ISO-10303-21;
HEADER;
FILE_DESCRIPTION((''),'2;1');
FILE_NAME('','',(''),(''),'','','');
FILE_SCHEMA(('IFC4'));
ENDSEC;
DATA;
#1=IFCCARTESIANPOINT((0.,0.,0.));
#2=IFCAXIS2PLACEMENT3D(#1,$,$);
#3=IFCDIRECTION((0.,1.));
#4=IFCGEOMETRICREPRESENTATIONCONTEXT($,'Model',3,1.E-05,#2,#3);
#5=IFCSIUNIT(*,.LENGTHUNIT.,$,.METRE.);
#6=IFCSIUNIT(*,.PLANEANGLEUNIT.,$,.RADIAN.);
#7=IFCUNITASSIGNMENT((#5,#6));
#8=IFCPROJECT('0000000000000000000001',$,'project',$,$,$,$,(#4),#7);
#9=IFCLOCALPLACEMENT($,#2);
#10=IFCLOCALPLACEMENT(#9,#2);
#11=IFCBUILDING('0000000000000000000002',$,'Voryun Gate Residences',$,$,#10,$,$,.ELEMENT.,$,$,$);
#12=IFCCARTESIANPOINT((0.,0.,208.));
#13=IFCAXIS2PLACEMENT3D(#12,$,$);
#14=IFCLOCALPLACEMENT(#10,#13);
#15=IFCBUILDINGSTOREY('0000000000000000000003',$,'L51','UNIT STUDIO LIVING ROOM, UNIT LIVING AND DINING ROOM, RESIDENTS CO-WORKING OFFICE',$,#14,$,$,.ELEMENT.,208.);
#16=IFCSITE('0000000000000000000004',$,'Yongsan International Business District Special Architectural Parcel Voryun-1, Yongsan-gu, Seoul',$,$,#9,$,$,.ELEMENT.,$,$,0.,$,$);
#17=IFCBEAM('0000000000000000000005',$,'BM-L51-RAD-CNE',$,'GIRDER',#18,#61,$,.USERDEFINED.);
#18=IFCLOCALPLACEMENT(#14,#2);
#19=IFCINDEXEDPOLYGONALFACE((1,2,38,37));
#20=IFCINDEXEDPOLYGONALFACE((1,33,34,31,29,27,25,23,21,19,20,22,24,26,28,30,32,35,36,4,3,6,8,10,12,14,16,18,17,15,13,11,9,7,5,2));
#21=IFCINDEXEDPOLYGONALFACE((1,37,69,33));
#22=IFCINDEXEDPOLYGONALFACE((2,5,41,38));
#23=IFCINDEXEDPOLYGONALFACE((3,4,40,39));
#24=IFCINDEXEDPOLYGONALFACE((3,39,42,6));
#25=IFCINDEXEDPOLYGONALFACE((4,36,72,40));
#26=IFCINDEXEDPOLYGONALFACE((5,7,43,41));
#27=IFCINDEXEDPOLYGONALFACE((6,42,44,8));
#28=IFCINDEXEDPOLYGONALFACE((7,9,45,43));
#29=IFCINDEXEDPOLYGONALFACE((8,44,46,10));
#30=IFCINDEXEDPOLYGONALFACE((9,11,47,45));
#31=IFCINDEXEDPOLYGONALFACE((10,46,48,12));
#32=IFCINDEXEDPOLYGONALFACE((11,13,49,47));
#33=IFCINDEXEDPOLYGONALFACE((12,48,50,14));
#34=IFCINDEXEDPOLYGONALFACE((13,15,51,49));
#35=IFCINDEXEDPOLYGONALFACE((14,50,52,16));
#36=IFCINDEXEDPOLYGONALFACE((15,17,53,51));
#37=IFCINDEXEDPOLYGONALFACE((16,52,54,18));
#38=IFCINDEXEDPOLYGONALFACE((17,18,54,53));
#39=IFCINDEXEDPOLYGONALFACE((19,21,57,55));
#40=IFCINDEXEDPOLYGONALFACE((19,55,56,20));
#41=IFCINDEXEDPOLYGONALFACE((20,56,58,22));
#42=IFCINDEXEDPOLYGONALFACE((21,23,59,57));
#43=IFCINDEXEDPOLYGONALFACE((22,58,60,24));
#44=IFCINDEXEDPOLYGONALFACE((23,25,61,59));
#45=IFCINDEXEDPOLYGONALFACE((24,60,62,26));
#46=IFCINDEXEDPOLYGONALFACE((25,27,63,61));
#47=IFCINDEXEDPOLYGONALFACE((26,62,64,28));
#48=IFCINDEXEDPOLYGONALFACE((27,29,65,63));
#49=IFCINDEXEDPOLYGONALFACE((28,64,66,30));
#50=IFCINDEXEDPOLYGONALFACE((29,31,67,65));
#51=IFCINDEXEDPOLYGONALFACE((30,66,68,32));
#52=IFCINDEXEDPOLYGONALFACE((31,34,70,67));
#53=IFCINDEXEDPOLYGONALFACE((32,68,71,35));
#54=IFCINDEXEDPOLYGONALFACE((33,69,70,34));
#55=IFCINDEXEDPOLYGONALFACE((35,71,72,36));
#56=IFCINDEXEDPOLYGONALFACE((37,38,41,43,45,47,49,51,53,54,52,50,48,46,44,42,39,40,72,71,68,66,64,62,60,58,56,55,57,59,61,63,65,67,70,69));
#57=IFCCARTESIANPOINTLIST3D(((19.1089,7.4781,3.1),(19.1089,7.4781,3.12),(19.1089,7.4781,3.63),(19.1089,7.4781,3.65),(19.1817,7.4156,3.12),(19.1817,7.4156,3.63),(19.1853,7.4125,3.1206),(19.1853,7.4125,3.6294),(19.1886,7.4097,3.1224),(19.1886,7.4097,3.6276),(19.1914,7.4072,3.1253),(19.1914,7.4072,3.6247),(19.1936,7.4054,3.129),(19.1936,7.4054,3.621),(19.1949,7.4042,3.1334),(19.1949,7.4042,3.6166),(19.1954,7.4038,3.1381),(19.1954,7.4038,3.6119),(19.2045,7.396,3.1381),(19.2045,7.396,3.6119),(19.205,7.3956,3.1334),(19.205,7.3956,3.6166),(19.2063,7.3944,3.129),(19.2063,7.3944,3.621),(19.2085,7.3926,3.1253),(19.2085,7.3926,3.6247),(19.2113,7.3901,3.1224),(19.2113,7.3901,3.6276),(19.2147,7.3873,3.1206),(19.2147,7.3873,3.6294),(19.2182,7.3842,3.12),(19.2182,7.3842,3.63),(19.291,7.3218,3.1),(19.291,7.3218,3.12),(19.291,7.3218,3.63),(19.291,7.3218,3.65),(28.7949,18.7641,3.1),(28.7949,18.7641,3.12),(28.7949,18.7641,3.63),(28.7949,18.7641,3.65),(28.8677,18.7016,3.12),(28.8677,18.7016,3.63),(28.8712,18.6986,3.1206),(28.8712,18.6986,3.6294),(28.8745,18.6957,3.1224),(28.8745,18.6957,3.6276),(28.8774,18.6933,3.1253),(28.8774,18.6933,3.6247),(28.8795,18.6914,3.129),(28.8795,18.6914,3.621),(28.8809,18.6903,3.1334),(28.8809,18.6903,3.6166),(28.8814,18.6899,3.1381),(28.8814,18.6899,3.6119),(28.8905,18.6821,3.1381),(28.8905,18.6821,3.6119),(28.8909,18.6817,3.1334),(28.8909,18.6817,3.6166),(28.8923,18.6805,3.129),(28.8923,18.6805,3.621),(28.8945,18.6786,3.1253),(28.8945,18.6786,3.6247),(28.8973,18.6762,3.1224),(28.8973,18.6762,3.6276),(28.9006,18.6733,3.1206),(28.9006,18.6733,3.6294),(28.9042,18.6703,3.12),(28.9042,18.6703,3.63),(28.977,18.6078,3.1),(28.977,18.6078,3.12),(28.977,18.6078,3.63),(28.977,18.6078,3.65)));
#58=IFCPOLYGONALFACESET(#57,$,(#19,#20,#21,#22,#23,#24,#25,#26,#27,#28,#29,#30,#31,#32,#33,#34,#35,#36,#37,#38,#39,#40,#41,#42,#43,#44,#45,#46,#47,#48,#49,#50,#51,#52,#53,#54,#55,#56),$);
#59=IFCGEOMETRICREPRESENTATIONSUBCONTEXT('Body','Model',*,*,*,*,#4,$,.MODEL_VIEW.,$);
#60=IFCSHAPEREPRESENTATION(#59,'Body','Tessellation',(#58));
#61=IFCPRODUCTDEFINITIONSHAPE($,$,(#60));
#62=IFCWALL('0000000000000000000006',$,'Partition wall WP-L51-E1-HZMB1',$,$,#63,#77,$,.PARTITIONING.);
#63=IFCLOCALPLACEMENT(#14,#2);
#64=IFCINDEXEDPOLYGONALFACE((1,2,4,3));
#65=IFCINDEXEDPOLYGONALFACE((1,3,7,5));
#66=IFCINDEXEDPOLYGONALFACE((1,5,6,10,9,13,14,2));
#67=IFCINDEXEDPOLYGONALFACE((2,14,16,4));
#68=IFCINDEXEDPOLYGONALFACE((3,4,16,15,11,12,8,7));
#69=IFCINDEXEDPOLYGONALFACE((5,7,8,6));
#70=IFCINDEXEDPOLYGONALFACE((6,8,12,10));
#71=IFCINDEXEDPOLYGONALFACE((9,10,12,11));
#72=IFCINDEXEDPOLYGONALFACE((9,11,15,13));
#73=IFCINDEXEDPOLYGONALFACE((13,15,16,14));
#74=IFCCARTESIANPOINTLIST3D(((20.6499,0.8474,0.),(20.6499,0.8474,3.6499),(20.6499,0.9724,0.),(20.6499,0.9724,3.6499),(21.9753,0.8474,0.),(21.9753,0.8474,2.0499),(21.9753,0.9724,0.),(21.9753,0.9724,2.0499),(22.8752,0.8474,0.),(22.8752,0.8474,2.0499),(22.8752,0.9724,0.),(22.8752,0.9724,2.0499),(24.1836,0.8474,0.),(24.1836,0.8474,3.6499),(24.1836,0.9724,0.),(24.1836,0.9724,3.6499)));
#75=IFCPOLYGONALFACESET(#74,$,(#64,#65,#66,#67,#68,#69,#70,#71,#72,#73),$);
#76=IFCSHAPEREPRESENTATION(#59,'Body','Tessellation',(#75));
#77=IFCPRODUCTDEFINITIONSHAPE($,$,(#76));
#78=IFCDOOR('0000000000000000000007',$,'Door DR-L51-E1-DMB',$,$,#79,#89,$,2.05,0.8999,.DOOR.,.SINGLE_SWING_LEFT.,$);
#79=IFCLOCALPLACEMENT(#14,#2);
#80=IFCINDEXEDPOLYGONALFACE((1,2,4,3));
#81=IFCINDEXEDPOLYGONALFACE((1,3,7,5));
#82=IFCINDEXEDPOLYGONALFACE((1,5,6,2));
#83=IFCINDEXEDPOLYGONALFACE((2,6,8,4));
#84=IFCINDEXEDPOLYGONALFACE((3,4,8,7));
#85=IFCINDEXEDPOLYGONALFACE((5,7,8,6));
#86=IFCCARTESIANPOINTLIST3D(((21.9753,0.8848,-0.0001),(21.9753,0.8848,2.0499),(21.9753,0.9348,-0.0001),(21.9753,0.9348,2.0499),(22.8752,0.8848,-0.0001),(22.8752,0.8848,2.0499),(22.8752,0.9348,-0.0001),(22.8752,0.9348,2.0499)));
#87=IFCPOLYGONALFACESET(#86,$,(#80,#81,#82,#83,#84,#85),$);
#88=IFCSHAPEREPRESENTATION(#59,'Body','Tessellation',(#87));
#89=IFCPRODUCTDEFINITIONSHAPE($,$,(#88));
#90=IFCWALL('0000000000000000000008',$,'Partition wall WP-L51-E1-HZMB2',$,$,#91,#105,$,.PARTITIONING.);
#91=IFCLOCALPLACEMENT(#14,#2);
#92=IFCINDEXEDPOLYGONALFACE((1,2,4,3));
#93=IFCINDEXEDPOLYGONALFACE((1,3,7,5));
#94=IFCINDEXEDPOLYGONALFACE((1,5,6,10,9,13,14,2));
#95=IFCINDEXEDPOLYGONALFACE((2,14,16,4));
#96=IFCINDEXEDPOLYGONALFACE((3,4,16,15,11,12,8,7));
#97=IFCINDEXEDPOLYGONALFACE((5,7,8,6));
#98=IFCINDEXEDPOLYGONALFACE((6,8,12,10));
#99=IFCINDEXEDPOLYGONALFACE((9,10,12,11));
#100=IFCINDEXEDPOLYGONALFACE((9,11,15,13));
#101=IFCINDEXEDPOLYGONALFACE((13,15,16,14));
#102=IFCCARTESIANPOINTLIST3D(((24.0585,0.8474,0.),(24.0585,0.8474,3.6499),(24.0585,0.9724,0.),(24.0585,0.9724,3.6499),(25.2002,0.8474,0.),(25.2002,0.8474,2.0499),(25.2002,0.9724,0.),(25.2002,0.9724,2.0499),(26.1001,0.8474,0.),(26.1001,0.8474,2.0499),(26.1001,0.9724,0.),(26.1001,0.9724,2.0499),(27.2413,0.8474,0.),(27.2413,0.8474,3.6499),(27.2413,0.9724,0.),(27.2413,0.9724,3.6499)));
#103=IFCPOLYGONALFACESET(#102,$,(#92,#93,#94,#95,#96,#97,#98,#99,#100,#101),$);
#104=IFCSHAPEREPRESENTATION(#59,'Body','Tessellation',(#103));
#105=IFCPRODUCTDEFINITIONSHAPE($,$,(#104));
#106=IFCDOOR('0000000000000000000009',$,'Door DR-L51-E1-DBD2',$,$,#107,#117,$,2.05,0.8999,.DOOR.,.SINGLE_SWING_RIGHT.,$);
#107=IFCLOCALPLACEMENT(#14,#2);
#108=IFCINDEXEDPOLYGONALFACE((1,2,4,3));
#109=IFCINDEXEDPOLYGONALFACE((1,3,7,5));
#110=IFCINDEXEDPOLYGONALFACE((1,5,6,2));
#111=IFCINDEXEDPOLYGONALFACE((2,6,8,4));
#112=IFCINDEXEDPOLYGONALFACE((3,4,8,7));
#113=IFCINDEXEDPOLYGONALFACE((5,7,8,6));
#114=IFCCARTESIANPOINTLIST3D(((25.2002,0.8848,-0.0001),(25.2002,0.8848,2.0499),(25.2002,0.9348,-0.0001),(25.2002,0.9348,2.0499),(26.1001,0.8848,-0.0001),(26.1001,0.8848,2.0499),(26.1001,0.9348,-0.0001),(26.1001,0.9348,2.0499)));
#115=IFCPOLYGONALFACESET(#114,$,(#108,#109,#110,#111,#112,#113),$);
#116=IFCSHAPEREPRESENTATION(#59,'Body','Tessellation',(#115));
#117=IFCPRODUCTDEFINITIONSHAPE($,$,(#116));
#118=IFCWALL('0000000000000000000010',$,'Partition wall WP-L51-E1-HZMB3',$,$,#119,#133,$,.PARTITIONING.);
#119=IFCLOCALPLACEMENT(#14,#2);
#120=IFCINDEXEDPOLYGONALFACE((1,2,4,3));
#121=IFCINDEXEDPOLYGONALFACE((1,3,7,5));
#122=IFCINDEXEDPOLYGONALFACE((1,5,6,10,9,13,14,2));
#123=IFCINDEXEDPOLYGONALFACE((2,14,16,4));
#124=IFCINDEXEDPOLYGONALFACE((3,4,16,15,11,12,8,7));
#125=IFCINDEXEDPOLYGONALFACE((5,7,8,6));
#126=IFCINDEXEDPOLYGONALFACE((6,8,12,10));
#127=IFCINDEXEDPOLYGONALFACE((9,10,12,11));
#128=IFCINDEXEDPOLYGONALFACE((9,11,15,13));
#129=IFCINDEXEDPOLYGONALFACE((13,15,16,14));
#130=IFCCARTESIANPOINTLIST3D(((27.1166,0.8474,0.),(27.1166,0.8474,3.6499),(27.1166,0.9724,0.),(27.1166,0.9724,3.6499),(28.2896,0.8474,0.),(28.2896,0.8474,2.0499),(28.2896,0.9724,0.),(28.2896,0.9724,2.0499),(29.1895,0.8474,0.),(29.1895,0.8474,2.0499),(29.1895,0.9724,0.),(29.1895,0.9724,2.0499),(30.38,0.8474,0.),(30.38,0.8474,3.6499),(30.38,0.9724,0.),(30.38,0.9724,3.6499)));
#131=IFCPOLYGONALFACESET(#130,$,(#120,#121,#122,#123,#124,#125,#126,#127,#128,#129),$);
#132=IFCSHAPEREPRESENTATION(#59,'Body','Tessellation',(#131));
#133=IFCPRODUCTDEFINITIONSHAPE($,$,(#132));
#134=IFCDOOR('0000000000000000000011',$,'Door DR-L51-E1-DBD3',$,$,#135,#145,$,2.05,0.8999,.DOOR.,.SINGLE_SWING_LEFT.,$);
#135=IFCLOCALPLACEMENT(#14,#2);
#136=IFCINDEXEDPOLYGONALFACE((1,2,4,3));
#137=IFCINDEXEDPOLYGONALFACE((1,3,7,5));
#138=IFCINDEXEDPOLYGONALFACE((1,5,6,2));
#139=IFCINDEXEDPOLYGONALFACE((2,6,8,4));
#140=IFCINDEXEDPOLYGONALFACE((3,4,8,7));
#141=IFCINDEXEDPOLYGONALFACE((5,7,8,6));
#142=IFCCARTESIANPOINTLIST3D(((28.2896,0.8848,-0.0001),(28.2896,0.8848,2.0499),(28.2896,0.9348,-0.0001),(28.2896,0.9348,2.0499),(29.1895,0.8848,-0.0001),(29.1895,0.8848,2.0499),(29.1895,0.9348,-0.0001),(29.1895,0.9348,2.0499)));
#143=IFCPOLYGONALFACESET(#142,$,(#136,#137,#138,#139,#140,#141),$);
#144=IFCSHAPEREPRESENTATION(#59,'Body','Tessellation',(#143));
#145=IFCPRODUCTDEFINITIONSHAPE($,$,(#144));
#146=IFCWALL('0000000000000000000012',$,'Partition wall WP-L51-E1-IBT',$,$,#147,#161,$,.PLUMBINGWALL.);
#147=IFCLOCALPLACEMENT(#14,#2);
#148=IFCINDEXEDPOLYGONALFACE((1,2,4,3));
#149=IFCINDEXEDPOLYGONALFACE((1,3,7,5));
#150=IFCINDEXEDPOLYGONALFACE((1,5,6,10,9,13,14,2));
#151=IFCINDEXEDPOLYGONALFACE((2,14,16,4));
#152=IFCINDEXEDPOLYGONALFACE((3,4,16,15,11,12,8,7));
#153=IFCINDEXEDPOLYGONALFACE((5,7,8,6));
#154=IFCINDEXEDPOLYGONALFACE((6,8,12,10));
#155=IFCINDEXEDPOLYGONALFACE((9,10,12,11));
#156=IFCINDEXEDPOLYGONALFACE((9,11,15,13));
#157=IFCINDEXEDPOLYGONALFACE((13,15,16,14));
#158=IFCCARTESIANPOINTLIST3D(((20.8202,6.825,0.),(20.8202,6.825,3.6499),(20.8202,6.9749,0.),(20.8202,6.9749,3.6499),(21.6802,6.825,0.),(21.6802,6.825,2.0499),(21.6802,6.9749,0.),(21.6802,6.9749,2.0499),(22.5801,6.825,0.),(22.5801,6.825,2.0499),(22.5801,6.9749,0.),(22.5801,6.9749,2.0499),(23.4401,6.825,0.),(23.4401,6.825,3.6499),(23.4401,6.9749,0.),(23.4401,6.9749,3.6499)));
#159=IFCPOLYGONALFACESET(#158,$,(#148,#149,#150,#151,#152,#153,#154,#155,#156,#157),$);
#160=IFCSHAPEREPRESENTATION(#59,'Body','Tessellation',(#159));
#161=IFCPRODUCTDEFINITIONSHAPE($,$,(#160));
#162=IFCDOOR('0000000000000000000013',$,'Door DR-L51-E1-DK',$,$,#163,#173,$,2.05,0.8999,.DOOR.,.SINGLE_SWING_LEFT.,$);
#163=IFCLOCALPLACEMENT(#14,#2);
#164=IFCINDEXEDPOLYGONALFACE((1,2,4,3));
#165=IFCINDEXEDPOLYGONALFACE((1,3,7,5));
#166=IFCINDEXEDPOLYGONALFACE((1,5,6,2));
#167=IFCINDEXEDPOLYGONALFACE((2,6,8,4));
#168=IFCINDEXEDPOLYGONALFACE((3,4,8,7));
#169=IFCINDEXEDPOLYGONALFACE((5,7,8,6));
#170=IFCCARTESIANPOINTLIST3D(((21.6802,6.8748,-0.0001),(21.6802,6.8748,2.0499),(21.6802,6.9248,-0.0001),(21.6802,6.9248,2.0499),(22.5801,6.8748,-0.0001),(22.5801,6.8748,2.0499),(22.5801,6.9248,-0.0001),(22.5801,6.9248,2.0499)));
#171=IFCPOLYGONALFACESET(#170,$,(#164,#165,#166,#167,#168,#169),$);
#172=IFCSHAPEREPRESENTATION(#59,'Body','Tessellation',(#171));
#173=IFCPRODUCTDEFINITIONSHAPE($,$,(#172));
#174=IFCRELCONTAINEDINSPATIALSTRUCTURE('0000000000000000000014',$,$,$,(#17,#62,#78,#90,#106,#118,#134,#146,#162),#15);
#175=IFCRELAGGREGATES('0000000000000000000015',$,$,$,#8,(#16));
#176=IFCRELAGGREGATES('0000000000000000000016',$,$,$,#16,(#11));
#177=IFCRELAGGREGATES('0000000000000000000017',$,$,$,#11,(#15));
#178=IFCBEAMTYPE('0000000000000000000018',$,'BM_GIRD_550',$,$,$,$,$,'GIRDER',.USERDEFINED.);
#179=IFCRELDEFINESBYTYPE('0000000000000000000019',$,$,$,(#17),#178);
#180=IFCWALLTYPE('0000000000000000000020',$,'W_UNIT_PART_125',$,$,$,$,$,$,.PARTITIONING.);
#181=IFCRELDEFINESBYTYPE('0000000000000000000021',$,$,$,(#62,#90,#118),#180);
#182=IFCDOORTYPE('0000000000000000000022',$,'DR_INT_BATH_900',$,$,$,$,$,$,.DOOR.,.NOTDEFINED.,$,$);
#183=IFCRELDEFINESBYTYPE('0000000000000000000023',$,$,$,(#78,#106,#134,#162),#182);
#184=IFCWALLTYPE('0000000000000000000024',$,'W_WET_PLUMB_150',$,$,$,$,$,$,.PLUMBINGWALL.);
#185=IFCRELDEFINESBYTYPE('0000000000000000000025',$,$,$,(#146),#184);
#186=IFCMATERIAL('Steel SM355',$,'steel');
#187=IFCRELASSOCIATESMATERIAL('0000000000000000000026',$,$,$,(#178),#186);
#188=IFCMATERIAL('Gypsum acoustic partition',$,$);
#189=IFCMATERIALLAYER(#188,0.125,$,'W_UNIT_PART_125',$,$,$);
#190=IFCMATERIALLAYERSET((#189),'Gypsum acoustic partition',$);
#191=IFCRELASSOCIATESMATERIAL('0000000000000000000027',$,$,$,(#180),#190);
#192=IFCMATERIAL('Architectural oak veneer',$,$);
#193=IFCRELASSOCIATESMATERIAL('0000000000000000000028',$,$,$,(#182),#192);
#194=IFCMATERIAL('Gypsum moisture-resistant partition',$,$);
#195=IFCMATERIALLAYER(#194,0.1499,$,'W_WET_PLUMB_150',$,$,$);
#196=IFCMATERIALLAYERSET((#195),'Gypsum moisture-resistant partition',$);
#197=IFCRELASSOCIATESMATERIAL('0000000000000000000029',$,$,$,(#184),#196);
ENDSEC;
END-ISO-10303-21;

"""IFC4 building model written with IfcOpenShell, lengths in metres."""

from ifc_helpers import new_model, si_unit, direction, frame, frame_2d, origin, origin_2d, place, context, subcontext, project, spatial, rectangle, i_section, extrude, material, layer, layer_set, material_profile, profile_set, type_object, element, fill, save


model = new_model("IFC4")

# Units and contexts
model_context = context("Model", 3, precision=1e-05, world=origin(), true_north=direction((0.0, 1.0)))
body_context = subcontext(model_context, "Body", "Model", "MODEL_VIEW")
ifc_project = project(units=[si_unit("LENGTHUNIT", "METRE"), si_unit("PLANEANGLEUNIT", "RADIAN")], contexts=[model_context])

# Site, building, storey
site_placement = place(None, origin())
site = spatial("IfcSite", under=ifc_project, at=site_placement, Name="Yongsan International Business District Special Architectural Parcel Voryun-1, Yongsan-gu, Seoul", CompositionType="ELEMENT", RefElevation=0.0)
building_placement = place(site_placement, origin())
building = spatial("IfcBuilding", under=site, at=building_placement, Name="Voryun Gate Residences", CompositionType="ELEMENT")
storey_placement = place(building_placement, frame((0.0, 0.0, 208.0)))
storey = spatial("IfcBuildingStorey", under=building, at=storey_placement, Name="L51", Description="UNIT STUDIO LIVING ROOM, UNIT LIVING AND DINING ROOM, RESIDENTS CO-WORKING OFFICE", CompositionType="ELEMENT", Elevation=208.0)

# Beam
ifc_material_1 = material(Name="Steel SM355", Category="steel")
ifc_material_profile_1 = material_profile(ifc_material_1, i_section(OverallWidth=0.24, OverallDepth=0.55, WebThickness=0.012, FlangeThickness=0.02, FilletRadius=0.0181, at=origin_2d()), Name="H-550x240x12x20")
ifc_profile_set_1 = profile_set([ifc_material_profile_1], Name="Steel SM355")
beam_type_1 = type_object("IfcBeamType", Name="BM_GIRD_550", ElementType="GIRDER", PredefinedType="USERDEFINED", material=ifc_profile_set_1)
beam_1_placement = place(storey_placement, frame((19.2, 7.3999, 3.375), z_axis=(0.651264, 0.758851, 0.0), x_axis=(-0.758851, 0.651264, 0.0)))
element("IfcBeam", 1, at=beam_1_placement, inside=storey, type_object=beam_type_1, Name="BM-L51-RAD-CNE", ObjectType="GIRDER", PredefinedType="USERDEFINED", context=body_context, shape_type="SweptSolid", body=[
    extrude(i_section(OverallWidth=0.24, OverallDepth=0.55, WebThickness=0.012, FlangeThickness=0.02, FilletRadius=0.0181, at=origin_2d()), origin(), (0.0, 0.0, 1.0), 14.8726),
])

# Walls, openings, doors
ifc_material_2 = material(Name="Gypsum acoustic partition")
ifc_layer_1 = layer(ifc_material_2, 0.125, Name="W_UNIT_PART_125")
ifc_layer_set_1 = layer_set([ifc_layer_1], Name="Gypsum acoustic partition")
wall_type_1 = type_object("IfcWallType", Name="W_UNIT_PART_125", PredefinedType="PARTITIONING", material=ifc_layer_set_1)
wall_1_placement = place(storey_placement, frame((20.6499, 0.9099, 0.0), z_axis=(0.0, 0.0, 1.0), x_axis=(1.0, 0.0, 0.0)))
wall_1 = element("IfcWall", 2, at=wall_1_placement, inside=storey, type_object=wall_type_1, Name="Partition wall WP-L51-E1-HZMB1", PredefinedType="PARTITIONING", context=body_context, shape_type="SweptSolid", body=[
    extrude(rectangle(XDim=3.5337, YDim=0.125, at=frame_2d((1.7668, 0.0))), origin(), (0.0, 0.0, 1.0), 3.6499),
])
opening_1_placement = place(wall_1_placement, frame((1.3254, 0.0, 0.0)))
opening_1 = element("IfcOpeningElement", 3, at=opening_1_placement, cuts=wall_1, PredefinedType="OPENING", context=body_context, shape_type="SweptSolid", body=[
    extrude(rectangle(XDim=0.8999, YDim=2.05, at=frame_2d((0.45, 1.0249))), frame((0.0, 0.0725, 0.0), z_axis=(0.0, -1.0, 0.0), x_axis=(1.0, 0.0, 0.0)), (0.0, 0.0, 1.0), 0.145),
])
ifc_material_3 = material(Name="Architectural oak veneer")
door_type = type_object("IfcDoorType", Name="DR_INT_BATH_900", OperationType="NOTDEFINED", PredefinedType="DOOR", material=ifc_material_3)
door_1_placement = place(opening_1_placement, origin())
door_1 = element("IfcDoor", 4, at=door_1_placement, inside=storey, type_object=door_type, Name="Door DR-L51-E1-DMB", OperationType="SINGLE_SWING_LEFT", OverallHeight=2.05, OverallWidth=0.8999, PredefinedType="DOOR", context=body_context, shape_type="SweptSolid", body=[
    extrude(rectangle(XDim=0.8999, YDim=2.05, at=frame_2d((0.45, 1.0249))), frame((0.0, 0.0249, 0.0), z_axis=(0.0, -1.0, 0.0), x_axis=(1.0, 0.0, 0.0)), (0.0, 0.0, 1.0), 0.05),
])
fill(opening_1, door_1)
wall_2_placement = place(storey_placement, frame((24.0586, 0.9099, 0.0), z_axis=(0.0, 0.0, 1.0), x_axis=(1.0, 0.0, 0.0)))
wall_2 = element("IfcWall", 5, at=wall_2_placement, inside=storey, type_object=wall_type_1, Name="Partition wall WP-L51-E1-HZMB2", PredefinedType="PARTITIONING", context=body_context, shape_type="SweptSolid", body=[
    extrude(rectangle(XDim=3.1829, YDim=0.125, at=frame_2d((1.5913, 0.0))), origin(), (0.0, 0.0, 1.0), 3.6499),
])
opening_2_placement = place(wall_2_placement, frame((1.1416, 0.0, 0.0)))
opening_2 = element("IfcOpeningElement", 6, at=opening_2_placement, cuts=wall_2, PredefinedType="OPENING", context=body_context, shape_type="SweptSolid", body=[
    extrude(rectangle(XDim=0.8999, YDim=2.05, at=frame_2d((0.45, 1.0249))), frame((0.0, 0.0725, 0.0), z_axis=(0.0, -1.0, 0.0), x_axis=(1.0, 0.0, 0.0)), (0.0, 0.0, 1.0), 0.145),
])
door_2_placement = place(opening_2_placement, origin())
door_2 = element("IfcDoor", 7, at=door_2_placement, inside=storey, type_object=door_type, Name="Door DR-L51-E1-DBD2", OperationType="SINGLE_SWING_RIGHT", OverallHeight=2.05, OverallWidth=0.8999, PredefinedType="DOOR", context=body_context, shape_type="SweptSolid", body=[
    extrude(rectangle(XDim=0.8999, YDim=2.05, at=frame_2d((0.45, 1.0249))), frame((0.0, 0.0249, 0.0), z_axis=(0.0, -1.0, 0.0), x_axis=(1.0, 0.0, 0.0)), (0.0, 0.0, 1.0), 0.05),
])
fill(opening_2, door_2)
wall_3_placement = place(storey_placement, frame((27.1165, 0.9099, 0.0), z_axis=(0.0, 0.0, 1.0), x_axis=(1.0, 0.0, 0.0)))
wall_3 = element("IfcWall", 8, at=wall_3_placement, inside=storey, type_object=wall_type_1, Name="Partition wall WP-L51-E1-HZMB3", PredefinedType="PARTITIONING", context=body_context, shape_type="SweptSolid", body=[
    extrude(rectangle(XDim=3.2634, YDim=0.125, at=frame_2d((1.6318, 0.0))), origin(), (0.0, 0.0, 1.0), 3.6499),
])
opening_3_placement = place(wall_3_placement, frame((1.1731, 0.0, 0.0)))
opening_3 = element("IfcOpeningElement", 9, at=opening_3_placement, cuts=wall_3, PredefinedType="OPENING", context=body_context, shape_type="SweptSolid", body=[
    extrude(rectangle(XDim=0.8999, YDim=2.05, at=frame_2d((0.45, 1.0249))), frame((0.0, 0.0725, 0.0), z_axis=(0.0, -1.0, 0.0), x_axis=(1.0, 0.0, 0.0)), (0.0, 0.0, 1.0), 0.145),
])
door_3_placement = place(opening_3_placement, origin())
door_3 = element("IfcDoor", 10, at=door_3_placement, inside=storey, type_object=door_type, Name="Door DR-L51-E1-DBD3", OperationType="SINGLE_SWING_LEFT", OverallHeight=2.05, OverallWidth=0.8999, PredefinedType="DOOR", context=body_context, shape_type="SweptSolid", body=[
    extrude(rectangle(XDim=0.8999, YDim=2.05, at=frame_2d((0.45, 1.0249))), frame((0.0, 0.0249, 0.0), z_axis=(0.0, -1.0, 0.0), x_axis=(1.0, 0.0, 0.0)), (0.0, 0.0, 1.0), 0.05),
])
fill(opening_3, door_3)
ifc_material_4 = material(Name="Gypsum moisture-resistant partition")
ifc_layer_2 = layer(ifc_material_4, 0.1499, Name="W_WET_PLUMB_150")
ifc_layer_set_2 = layer_set([ifc_layer_2], Name="Gypsum moisture-resistant partition")
wall_type_2 = type_object("IfcWallType", Name="W_WET_PLUMB_150", PredefinedType="PLUMBINGWALL", material=ifc_layer_set_2)
wall_4_placement = place(storey_placement, frame((20.8201, 6.8999, 0.0), z_axis=(0.0, 0.0, 1.0), x_axis=(1.0, 0.0, 0.0)))
wall_4 = element("IfcWall", 11, at=wall_4_placement, inside=storey, type_object=wall_type_2, Name="Partition wall WP-L51-E1-IBT", PredefinedType="PLUMBINGWALL", context=body_context, shape_type="SweptSolid", body=[
    extrude(rectangle(XDim=2.6199, YDim=0.1499, at=frame_2d((1.3101, 0.0))), origin(), (0.0, 0.0, 1.0), 3.6499),
])
opening_4_placement = place(wall_4_placement, frame((0.8601, 0.0, 0.0)))
opening_4 = element("IfcOpeningElement", 12, at=opening_4_placement, cuts=wall_4, PredefinedType="OPENING", context=body_context, shape_type="SweptSolid", body=[
    extrude(rectangle(XDim=0.8999, YDim=2.05, at=frame_2d((0.45, 1.0249))), frame((0.0, 0.085, 0.0), z_axis=(0.0, -1.0, 0.0), x_axis=(1.0, 0.0, 0.0)), (0.0, 0.0, 1.0), 0.1699),
])
door_4_placement = place(opening_4_placement, origin())
door_4 = element("IfcDoor", 13, at=door_4_placement, inside=storey, type_object=door_type, Name="Door DR-L51-E1-DK", OperationType="SINGLE_SWING_LEFT", OverallHeight=2.05, OverallWidth=0.8999, PredefinedType="DOOR", context=body_context, shape_type="SweptSolid", body=[
    extrude(rectangle(XDim=0.8999, YDim=2.05, at=frame_2d((0.45, 1.0249))), frame((0.0, 0.0249, 0.0), z_axis=(0.0, -1.0, 0.0), x_axis=(1.0, 0.0, 0.0)), (0.0, 0.0, 1.0), 0.05),
])
fill(opening_4, door_4)

save(model, "model.ifc")
